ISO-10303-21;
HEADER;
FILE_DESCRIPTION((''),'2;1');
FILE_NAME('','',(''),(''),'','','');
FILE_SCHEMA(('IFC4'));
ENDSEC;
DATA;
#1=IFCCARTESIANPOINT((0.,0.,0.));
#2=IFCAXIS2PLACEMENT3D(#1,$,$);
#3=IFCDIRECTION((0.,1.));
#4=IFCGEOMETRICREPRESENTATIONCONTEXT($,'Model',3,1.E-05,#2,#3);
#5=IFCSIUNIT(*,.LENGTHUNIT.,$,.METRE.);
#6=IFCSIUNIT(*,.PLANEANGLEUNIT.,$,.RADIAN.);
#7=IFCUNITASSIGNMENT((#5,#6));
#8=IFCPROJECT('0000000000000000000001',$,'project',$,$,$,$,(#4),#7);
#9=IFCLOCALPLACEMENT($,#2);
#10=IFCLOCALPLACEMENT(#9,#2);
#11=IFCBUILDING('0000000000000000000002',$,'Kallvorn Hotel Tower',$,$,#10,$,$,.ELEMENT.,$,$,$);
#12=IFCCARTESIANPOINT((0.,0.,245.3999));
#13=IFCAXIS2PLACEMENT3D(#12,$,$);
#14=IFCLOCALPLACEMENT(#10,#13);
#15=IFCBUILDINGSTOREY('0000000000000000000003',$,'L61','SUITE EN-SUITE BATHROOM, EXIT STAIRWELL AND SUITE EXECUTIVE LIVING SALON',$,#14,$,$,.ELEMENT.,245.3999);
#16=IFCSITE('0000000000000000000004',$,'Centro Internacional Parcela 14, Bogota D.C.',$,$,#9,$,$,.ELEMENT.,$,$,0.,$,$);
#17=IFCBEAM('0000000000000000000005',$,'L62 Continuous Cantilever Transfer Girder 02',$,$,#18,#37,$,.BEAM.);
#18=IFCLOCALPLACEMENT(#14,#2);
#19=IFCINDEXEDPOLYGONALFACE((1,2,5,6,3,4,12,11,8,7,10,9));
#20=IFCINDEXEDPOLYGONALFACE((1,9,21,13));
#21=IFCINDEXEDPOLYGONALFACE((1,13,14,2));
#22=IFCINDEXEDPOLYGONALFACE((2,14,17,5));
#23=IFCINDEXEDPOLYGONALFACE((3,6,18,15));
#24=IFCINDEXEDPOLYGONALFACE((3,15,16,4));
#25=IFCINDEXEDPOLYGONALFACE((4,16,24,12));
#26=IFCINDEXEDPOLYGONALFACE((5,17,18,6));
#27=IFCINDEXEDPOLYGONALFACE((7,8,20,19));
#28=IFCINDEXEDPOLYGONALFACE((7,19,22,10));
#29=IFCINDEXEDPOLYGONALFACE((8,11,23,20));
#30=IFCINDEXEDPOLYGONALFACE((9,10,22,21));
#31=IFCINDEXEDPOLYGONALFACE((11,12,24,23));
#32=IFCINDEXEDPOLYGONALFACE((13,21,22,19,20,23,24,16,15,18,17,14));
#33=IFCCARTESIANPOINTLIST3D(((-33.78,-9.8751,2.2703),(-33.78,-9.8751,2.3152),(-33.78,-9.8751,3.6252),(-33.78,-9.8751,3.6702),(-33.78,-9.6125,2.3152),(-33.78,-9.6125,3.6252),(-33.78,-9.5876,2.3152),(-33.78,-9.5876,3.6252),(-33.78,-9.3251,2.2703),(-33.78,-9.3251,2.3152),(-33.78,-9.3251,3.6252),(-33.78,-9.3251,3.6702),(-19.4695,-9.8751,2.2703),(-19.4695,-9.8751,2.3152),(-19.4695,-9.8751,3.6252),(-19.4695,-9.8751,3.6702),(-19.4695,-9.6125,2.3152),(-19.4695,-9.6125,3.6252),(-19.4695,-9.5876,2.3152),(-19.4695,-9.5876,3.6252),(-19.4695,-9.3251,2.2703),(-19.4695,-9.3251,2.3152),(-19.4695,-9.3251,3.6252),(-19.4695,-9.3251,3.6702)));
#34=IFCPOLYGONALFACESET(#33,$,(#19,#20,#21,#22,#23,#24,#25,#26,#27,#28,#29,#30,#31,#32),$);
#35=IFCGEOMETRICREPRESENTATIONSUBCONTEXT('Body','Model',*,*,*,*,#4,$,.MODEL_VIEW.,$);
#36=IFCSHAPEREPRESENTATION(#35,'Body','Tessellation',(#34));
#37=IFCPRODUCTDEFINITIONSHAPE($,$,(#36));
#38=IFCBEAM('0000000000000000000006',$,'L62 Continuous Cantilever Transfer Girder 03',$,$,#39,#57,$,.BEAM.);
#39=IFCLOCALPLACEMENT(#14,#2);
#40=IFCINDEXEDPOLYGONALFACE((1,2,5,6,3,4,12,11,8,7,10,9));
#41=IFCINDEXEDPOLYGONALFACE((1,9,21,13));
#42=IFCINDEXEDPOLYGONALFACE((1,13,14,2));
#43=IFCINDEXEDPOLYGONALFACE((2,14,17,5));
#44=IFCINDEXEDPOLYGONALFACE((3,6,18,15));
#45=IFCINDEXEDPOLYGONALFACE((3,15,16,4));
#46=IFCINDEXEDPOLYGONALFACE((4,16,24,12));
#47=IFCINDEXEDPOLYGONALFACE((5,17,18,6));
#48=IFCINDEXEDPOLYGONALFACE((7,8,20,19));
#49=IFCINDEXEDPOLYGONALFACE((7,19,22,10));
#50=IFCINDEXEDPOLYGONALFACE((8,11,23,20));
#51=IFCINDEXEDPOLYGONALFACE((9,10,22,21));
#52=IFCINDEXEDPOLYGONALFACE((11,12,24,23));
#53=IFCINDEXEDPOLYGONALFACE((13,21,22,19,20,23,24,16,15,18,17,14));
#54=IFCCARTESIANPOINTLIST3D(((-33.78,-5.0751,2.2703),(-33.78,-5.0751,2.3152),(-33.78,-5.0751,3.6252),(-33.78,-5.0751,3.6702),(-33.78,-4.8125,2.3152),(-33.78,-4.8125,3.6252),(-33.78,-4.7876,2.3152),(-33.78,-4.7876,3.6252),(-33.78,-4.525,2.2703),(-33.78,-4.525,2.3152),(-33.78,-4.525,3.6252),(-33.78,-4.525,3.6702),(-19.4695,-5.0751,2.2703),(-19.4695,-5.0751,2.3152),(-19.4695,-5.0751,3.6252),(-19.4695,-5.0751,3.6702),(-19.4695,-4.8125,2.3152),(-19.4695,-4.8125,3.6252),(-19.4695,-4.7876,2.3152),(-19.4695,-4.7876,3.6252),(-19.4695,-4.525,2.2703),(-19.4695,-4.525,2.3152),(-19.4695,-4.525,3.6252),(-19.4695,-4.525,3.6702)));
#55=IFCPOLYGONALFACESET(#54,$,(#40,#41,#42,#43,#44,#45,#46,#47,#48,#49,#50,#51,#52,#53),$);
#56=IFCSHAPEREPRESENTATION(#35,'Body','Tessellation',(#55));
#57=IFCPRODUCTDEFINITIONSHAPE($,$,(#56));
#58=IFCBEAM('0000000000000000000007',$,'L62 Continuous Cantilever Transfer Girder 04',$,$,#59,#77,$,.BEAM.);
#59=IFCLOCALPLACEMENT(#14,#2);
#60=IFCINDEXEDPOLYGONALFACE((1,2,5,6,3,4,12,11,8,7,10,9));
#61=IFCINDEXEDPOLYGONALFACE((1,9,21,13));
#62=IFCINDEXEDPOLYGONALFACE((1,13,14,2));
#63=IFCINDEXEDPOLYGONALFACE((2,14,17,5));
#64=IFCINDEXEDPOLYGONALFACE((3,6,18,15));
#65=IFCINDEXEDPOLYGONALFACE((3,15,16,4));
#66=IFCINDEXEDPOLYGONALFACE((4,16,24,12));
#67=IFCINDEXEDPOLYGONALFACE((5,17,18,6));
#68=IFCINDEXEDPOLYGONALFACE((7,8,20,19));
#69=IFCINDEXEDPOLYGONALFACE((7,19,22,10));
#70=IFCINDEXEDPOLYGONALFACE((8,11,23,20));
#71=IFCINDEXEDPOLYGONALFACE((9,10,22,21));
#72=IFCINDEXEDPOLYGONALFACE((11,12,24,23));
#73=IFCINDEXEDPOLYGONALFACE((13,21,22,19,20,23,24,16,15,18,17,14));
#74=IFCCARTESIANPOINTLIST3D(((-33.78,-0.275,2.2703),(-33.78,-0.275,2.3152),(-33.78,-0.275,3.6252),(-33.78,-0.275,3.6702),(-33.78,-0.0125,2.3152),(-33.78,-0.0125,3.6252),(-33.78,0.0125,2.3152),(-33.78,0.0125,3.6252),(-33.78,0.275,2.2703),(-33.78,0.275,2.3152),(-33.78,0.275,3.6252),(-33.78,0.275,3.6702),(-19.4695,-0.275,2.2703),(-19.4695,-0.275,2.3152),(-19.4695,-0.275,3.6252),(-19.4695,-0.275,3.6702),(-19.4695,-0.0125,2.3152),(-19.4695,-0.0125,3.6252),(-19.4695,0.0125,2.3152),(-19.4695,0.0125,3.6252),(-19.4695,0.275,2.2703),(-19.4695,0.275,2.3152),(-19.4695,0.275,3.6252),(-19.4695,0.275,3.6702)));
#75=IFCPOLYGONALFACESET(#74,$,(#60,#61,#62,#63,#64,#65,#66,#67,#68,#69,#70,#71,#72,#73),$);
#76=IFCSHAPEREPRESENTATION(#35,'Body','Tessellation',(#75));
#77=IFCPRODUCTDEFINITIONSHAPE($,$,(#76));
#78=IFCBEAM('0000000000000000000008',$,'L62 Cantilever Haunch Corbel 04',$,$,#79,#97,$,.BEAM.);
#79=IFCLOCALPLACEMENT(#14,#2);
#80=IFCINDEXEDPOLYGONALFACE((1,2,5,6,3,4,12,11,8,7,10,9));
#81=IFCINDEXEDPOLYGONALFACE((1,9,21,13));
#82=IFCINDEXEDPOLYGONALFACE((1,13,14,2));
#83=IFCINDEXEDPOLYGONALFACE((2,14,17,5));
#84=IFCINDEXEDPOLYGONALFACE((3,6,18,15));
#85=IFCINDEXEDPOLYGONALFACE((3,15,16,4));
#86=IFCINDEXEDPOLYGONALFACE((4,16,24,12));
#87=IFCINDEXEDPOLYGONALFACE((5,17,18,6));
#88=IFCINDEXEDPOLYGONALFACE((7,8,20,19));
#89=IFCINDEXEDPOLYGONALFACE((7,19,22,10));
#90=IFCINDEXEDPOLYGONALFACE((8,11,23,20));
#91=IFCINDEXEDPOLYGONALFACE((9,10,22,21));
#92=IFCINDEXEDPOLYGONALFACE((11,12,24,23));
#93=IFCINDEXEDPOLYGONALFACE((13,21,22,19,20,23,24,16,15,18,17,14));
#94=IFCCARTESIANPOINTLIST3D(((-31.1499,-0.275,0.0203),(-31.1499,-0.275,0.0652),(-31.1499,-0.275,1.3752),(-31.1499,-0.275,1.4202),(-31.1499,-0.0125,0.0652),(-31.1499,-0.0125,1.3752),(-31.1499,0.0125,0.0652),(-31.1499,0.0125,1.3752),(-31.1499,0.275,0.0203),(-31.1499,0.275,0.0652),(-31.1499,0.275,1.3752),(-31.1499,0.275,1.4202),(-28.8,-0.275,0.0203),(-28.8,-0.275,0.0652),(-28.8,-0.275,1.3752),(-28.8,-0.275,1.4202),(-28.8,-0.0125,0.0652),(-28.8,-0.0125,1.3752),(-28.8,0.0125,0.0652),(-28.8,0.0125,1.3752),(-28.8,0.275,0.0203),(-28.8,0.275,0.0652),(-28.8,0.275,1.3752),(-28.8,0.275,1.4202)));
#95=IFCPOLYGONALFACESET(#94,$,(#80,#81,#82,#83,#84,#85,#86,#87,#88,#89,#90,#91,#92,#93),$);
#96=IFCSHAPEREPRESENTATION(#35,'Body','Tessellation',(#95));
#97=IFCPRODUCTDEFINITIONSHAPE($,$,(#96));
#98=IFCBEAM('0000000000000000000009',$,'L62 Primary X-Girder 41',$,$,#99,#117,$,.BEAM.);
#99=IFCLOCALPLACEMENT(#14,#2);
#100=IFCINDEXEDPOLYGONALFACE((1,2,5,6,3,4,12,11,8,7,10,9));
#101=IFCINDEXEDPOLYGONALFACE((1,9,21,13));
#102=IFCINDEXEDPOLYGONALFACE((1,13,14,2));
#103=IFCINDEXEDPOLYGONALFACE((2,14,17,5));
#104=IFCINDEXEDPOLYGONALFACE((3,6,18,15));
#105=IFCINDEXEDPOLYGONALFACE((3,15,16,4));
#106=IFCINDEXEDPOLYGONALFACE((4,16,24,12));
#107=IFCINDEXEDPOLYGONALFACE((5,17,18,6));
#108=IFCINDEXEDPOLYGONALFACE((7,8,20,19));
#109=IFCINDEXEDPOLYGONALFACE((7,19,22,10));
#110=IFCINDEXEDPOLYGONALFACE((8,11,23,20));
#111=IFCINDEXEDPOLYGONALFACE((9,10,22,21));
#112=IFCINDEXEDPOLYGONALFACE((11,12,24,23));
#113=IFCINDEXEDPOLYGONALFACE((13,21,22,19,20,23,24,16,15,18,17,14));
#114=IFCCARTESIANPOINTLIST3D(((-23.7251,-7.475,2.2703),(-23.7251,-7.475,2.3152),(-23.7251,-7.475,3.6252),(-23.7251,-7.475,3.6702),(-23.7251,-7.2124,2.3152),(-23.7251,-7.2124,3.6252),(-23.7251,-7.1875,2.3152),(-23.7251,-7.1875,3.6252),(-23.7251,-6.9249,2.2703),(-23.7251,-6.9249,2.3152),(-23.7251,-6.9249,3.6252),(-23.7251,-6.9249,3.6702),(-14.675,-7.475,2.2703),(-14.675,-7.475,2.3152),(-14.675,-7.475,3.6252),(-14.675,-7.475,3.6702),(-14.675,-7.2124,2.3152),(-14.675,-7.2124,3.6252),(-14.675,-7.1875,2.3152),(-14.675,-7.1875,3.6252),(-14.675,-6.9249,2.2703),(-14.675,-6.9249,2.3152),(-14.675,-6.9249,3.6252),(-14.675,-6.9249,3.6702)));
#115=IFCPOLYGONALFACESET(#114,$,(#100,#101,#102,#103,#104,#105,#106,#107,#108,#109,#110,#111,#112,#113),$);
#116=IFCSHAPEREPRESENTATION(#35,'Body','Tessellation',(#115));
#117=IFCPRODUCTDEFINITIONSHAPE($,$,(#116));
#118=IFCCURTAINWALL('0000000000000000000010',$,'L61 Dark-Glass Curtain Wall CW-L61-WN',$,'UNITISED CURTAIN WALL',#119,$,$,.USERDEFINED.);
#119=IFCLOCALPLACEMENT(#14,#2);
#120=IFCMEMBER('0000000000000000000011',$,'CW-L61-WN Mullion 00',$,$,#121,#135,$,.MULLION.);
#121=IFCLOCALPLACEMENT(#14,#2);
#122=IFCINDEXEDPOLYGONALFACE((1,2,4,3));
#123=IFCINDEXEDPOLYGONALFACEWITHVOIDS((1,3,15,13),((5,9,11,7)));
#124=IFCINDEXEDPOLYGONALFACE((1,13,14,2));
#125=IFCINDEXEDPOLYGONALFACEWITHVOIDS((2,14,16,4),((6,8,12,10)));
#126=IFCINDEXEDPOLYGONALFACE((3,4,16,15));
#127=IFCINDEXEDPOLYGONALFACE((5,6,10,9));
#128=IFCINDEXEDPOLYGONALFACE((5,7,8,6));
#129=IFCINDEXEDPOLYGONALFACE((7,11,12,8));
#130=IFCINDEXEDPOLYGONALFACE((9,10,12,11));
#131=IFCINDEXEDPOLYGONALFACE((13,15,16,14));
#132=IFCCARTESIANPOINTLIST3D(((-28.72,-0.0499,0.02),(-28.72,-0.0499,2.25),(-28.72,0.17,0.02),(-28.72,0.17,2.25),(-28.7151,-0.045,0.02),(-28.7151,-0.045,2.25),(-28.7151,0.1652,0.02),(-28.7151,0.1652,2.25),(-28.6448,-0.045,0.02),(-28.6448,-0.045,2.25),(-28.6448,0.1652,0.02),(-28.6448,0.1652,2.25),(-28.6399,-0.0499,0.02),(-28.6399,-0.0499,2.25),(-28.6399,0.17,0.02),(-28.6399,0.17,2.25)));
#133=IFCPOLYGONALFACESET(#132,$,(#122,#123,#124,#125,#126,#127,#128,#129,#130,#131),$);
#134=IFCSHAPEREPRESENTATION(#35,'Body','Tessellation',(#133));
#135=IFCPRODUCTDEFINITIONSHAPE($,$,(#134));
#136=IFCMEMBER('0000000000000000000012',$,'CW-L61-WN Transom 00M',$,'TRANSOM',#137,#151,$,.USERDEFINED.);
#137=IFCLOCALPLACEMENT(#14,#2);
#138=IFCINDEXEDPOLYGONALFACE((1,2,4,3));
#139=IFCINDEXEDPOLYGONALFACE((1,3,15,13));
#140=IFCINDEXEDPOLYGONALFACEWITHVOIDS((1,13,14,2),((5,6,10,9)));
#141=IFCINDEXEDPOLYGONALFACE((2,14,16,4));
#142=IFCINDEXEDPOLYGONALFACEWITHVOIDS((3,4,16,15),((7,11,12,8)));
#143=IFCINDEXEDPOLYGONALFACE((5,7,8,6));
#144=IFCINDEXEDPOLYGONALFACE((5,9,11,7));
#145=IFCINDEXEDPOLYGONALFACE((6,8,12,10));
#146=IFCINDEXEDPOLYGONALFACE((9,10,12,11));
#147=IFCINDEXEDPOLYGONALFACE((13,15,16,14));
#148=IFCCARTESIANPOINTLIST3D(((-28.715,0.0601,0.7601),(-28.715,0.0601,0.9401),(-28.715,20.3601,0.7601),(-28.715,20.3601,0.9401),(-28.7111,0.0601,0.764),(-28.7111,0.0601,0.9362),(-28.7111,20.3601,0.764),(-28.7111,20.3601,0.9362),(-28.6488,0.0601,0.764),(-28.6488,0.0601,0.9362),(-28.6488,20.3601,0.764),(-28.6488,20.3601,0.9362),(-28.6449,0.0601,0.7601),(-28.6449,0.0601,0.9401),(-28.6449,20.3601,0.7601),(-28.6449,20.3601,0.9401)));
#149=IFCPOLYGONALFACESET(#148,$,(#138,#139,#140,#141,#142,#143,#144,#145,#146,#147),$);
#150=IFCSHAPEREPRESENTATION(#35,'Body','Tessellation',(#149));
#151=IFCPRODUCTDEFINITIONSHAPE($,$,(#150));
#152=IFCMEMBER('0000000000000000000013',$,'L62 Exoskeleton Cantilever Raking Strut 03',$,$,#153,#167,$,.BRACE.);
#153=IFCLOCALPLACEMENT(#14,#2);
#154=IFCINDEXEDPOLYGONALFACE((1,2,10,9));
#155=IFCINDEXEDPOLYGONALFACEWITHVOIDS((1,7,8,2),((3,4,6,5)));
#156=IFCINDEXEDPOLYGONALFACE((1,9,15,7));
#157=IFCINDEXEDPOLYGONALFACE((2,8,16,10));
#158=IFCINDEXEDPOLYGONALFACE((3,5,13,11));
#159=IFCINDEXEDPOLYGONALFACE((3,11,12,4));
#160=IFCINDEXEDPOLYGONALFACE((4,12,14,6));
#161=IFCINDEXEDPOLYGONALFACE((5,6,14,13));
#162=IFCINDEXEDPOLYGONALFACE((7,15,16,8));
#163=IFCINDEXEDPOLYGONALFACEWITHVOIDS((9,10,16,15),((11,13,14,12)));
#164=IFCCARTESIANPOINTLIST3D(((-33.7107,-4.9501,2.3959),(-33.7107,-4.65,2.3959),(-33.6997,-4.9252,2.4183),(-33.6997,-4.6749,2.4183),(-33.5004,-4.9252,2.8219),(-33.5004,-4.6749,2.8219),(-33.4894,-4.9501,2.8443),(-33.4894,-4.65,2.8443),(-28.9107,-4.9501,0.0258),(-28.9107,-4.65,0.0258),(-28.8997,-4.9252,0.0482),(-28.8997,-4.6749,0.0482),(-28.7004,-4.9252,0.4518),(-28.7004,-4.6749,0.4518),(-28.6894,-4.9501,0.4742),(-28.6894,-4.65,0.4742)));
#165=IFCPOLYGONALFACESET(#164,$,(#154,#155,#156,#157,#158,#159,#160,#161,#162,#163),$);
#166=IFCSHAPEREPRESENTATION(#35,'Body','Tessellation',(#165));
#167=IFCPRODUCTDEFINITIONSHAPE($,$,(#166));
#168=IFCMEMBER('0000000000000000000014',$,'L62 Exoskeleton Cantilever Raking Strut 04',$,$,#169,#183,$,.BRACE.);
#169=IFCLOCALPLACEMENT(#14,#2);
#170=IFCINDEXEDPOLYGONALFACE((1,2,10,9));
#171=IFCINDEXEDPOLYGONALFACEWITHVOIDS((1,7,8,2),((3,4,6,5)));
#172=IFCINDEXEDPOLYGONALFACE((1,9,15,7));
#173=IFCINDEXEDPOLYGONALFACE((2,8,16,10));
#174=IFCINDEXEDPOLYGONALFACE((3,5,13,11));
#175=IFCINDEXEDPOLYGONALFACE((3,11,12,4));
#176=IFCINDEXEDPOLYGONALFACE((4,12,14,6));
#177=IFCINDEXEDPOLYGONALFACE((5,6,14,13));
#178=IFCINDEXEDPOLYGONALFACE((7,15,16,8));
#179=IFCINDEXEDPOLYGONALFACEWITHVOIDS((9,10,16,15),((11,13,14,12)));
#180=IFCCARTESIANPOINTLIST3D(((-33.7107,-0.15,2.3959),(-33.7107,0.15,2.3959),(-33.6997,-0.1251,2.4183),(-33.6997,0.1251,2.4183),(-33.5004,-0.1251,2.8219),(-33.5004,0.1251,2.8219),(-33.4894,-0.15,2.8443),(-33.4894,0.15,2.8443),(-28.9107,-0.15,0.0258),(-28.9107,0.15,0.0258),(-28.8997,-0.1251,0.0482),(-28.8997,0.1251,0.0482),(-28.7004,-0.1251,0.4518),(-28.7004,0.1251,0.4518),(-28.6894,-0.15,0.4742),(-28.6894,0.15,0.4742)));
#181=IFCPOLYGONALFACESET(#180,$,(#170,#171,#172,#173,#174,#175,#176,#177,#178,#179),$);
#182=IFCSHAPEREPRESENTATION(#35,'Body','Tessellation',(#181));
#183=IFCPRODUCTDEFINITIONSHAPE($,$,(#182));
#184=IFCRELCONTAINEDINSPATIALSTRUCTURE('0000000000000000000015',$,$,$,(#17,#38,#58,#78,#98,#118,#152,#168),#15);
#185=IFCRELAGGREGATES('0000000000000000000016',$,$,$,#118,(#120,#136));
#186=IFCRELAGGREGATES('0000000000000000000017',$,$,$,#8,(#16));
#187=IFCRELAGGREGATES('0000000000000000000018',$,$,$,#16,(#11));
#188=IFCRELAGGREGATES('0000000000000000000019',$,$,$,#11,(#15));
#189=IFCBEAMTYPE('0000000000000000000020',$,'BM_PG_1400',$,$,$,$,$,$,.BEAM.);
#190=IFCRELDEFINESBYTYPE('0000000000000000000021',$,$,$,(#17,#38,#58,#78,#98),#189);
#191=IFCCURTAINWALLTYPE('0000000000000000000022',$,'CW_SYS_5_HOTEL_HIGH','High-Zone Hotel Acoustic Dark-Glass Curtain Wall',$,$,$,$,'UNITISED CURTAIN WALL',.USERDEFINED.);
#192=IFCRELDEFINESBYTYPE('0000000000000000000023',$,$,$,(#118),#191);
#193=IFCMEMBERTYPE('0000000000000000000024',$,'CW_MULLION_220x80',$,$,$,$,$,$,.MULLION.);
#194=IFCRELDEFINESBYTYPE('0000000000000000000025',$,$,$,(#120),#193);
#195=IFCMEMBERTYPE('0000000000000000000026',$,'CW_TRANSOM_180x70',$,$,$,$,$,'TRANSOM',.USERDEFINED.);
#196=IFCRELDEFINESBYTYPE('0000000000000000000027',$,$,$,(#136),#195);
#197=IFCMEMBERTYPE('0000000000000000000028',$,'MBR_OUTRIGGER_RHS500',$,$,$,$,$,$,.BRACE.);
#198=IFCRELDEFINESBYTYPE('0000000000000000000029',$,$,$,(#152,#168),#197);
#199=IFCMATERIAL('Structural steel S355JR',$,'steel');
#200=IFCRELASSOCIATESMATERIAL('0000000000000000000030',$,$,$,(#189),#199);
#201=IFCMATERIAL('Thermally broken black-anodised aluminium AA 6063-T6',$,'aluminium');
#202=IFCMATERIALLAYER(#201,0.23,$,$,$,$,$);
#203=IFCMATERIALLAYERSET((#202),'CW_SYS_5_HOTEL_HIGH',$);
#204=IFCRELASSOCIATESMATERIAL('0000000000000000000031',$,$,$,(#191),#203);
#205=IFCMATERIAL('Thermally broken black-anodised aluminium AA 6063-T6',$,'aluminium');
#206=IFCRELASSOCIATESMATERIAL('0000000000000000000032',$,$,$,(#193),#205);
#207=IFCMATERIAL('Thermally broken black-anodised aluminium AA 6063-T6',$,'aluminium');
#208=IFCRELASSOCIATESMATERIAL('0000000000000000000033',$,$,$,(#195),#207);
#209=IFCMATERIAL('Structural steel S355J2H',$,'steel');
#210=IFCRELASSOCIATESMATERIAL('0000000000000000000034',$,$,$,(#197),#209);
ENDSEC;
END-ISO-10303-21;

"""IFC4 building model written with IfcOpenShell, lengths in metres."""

from ifc_helpers import new_model, si_unit, direction, frame, origin, origin_2d, place, context, subcontext, project, spatial, hollow_rectangle, i_section, extrude, material, layer, layer_set, material_profile, profile_set, type_object, element, aggregate, save


model = new_model("IFC4")

# Units and contexts
model_context = context("Model", 3, precision=1e-05, world=origin(), true_north=direction((0.0, 1.0)))
body_context = subcontext(model_context, "Body", "Model", "MODEL_VIEW")
ifc_project = project(units=[si_unit("LENGTHUNIT", "METRE"), si_unit("PLANEANGLEUNIT", "RADIAN")], contexts=[model_context])

# Site, building, storey
site_placement = place(None, origin())
site = spatial("IfcSite", under=ifc_project, at=site_placement, Name="Centro Internacional Parcela 14, Bogota D.C.", CompositionType="ELEMENT", RefElevation=0.0)
building_placement = place(site_placement, origin())
building = spatial("IfcBuilding", under=site, at=building_placement, Name="Kallvorn Hotel Tower", CompositionType="ELEMENT")
storey_placement = place(building_placement, frame((0.0, 0.0, 245.3999)))
storey = spatial("IfcBuildingStorey", under=building, at=storey_placement, Name="L61", Description="SUITE EN-SUITE BATHROOM, EXIT STAIRWELL AND SUITE EXECUTIVE LIVING SALON", CompositionType="ELEMENT", Elevation=245.3999)

# Beams
ifc_material_1 = material(Name="Structural steel S355JR", Category="steel")
ifc_material_profile_1 = material_profile(ifc_material_1, i_section(OverallWidth=0.55, OverallDepth=1.3999, WebThickness=0.0249, FlangeThickness=0.0449, at=origin_2d()), Name="PG 1400x550x25x45")
ifc_profile_set_1 = profile_set([ifc_material_profile_1], Name="Structural steel S355JR")
beam_type_1 = type_object("IfcBeamType", Name="BM_PG_1400", PredefinedType="BEAM", material=ifc_profile_set_1)
for number, where, z_axis, x_axis, name in (
    (1, (-19.4695, -9.6001, 2.9702), (-1.0, 0.0, 0.0), (0.0, -1.0, 0.0), "L62 Continuous Cantilever Transfer Girder 02"),
    (2, (-19.4695, -4.8, 2.9702), (-1.0, 0.0, 0.0), (0.0, -1.0, 0.0), "L62 Continuous Cantilever Transfer Girder 03"),
    (3, (-19.4695, 0.0, 2.9702), (-1.0, 0.0, 0.0), (0.0, -1.0, 0.0), "L62 Continuous Cantilever Transfer Girder 04"),
):
    element("IfcBeam", number, at=place(storey_placement, frame(where, z_axis=z_axis, x_axis=x_axis)), inside=storey, type_object=beam_type_1, Name=name, PredefinedType="BEAM", context=body_context, shape_type="SweptSolid", body=[
        extrude(i_section(OverallWidth=0.55, OverallDepth=1.3999, WebThickness=0.0249, FlangeThickness=0.0449, at=origin_2d()), origin(), (0.0, 0.0, 1.0), 14.3105),
    ])
beam_1_placement = place(storey_placement, frame((-28.8, 0.0, 0.7202), z_axis=(-1.0, 0.0, 0.0), x_axis=(0.0, -1.0, 0.0)))
element("IfcBeam", 4, at=beam_1_placement, inside=storey, type_object=beam_type_1, Name="L62 Cantilever Haunch Corbel 04", PredefinedType="BEAM", context=body_context, shape_type="SweptSolid", body=[
    extrude(i_section(OverallWidth=0.55, OverallDepth=1.3999, WebThickness=0.0249, FlangeThickness=0.0449, at=origin_2d()), origin(), (0.0, 0.0, 1.0), 2.3499),
])
beam_2_placement = place(storey_placement, frame((-23.7251, -7.2, 2.9702), z_axis=(1.0, 0.0, 0.0), x_axis=(0.0, 1.0, 0.0)))
element("IfcBeam", 5, at=beam_2_placement, inside=storey, type_object=beam_type_1, Name="L62 Primary X-Girder 41", PredefinedType="BEAM", context=body_context, shape_type="SweptSolid", body=[
    extrude(i_section(OverallWidth=0.55, OverallDepth=1.3999, WebThickness=0.0249, FlangeThickness=0.0449, at=origin_2d()), origin(), (0.0, 0.0, 1.0), 9.05),
])

# Curtain wall, members
ifc_material_2 = material(Name="Thermally broken black-anodised aluminium AA 6063-T6", Category="aluminium")
ifc_layer_1 = layer(ifc_material_2, 0.23)
ifc_layer_set_1 = layer_set([ifc_layer_1], Name="CW_SYS_5_HOTEL_HIGH")
curtain_wall_type = type_object("IfcCurtainWallType", Name="CW_SYS_5_HOTEL_HIGH", Description="High-Zone Hotel Acoustic Dark-Glass Curtain Wall", ElementType="UNITISED CURTAIN WALL", PredefinedType="USERDEFINED", material=ifc_layer_set_1)
curtain_wall_placement = place(storey_placement, origin())
curtain_wall = element("IfcCurtainWall", 6, at=curtain_wall_placement, inside=storey, type_object=curtain_wall_type, Name="L61 Dark-Glass Curtain Wall CW-L61-WN", ObjectType="UNITISED CURTAIN WALL", PredefinedType="USERDEFINED")
ifc_material_3 = material(Name="Thermally broken black-anodised aluminium AA 6063-T6", Category="aluminium")
ifc_material_profile_2 = material_profile(ifc_material_3, hollow_rectangle(XDim=0.0801, YDim=0.22, WallThickness=0.0049, at=origin_2d()), Name="MUL 220x80")
ifc_profile_set_2 = profile_set([ifc_material_profile_2], Name="Thermally broken black-anodised aluminium AA 6063-T6")
member_type_1 = type_object("IfcMemberType", Name="CW_MULLION_220x80", PredefinedType="MULLION", material=ifc_profile_set_2)
member_1_placement = place(storey_placement, frame((-28.6799, 0.0601, 0.02), z_axis=(0.0, 0.0, 1.0), x_axis=(1.0, 0.0, 0.0)))
member_1 = element("IfcMember", 7, at=member_1_placement, type_object=member_type_1, Name="CW-L61-WN Mullion 00", PredefinedType="MULLION", context=body_context, shape_type="SweptSolid", body=[
    extrude(hollow_rectangle(XDim=0.0801, YDim=0.22, WallThickness=0.0049, at=origin_2d()), origin(), (0.0, 0.0, 1.0), 2.23),
])
ifc_material_4 = material(Name="Thermally broken black-anodised aluminium AA 6063-T6", Category="aluminium")
ifc_material_profile_3 = material_profile(ifc_material_4, hollow_rectangle(XDim=0.0701, YDim=0.1799, WallThickness=0.0039, at=origin_2d()), Name="TRN 180x70")
ifc_profile_set_3 = profile_set([ifc_material_profile_3], Name="Thermally broken black-anodised aluminium AA 6063-T6")
member_type_2 = type_object("IfcMemberType", Name="CW_TRANSOM_180x70", ElementType="TRANSOM", PredefinedType="USERDEFINED", material=ifc_profile_set_3)
member_2_placement = place(storey_placement, frame((-28.6799, 0.0601, 0.8501), z_axis=(0.0, 1.0, 0.0), x_axis=(-1.0, 0.0, 0.0)))
member_2 = element("IfcMember", 8, at=member_2_placement, type_object=member_type_2, Name="CW-L61-WN Transom 00M", ObjectType="TRANSOM", PredefinedType="USERDEFINED", context=body_context, shape_type="SweptSolid", body=[
    extrude(hollow_rectangle(XDim=0.0701, YDim=0.1799, WallThickness=0.0039, at=origin_2d()), origin(), (0.0, 0.0, 1.0), 20.3),
])
aggregate(curtain_wall, [member_1, member_2])

# Members
ifc_material_5 = material(Name="Structural steel S355J2H", Category="steel")
ifc_material_profile_4 = material_profile(ifc_material_5, hollow_rectangle(XDim=0.3, YDim=0.5, WallThickness=0.0249, at=origin_2d()), Name="RHS 500x300x25")
ifc_profile_set_4 = profile_set([ifc_material_profile_4], Name="Structural steel S355J2H")
member_type_3 = type_object("IfcMemberType", Name="MBR_OUTRIGGER_RHS500", PredefinedType="BRACE", material=ifc_profile_set_4)
for number, where, z_axis, x_axis, name in (
    (9, (-28.8, -4.8, 0.25), (-0.896651, 0.0, 0.442739), (0.0, -1.0, 0.0), "L62 Exoskeleton Cantilever Raking Strut 03"),
    (10, (-28.8, 0.0, 0.25), (-0.896651, 0.0, 0.442739), (0.0, -1.0, 0.0), "L62 Exoskeleton Cantilever Raking Strut 04"),
):
    element("IfcMember", number, at=place(storey_placement, frame(where, z_axis=z_axis, x_axis=x_axis)), inside=storey, type_object=member_type_3, Name=name, PredefinedType="BRACE", context=body_context, shape_type="SweptSolid", body=[
        extrude(hollow_rectangle(XDim=0.3, YDim=0.5, WallThickness=0.0249, at=origin_2d()), origin(), (0.0, 0.0, 1.0), 5.3533),
    ])

save(model, "model.ifc")
